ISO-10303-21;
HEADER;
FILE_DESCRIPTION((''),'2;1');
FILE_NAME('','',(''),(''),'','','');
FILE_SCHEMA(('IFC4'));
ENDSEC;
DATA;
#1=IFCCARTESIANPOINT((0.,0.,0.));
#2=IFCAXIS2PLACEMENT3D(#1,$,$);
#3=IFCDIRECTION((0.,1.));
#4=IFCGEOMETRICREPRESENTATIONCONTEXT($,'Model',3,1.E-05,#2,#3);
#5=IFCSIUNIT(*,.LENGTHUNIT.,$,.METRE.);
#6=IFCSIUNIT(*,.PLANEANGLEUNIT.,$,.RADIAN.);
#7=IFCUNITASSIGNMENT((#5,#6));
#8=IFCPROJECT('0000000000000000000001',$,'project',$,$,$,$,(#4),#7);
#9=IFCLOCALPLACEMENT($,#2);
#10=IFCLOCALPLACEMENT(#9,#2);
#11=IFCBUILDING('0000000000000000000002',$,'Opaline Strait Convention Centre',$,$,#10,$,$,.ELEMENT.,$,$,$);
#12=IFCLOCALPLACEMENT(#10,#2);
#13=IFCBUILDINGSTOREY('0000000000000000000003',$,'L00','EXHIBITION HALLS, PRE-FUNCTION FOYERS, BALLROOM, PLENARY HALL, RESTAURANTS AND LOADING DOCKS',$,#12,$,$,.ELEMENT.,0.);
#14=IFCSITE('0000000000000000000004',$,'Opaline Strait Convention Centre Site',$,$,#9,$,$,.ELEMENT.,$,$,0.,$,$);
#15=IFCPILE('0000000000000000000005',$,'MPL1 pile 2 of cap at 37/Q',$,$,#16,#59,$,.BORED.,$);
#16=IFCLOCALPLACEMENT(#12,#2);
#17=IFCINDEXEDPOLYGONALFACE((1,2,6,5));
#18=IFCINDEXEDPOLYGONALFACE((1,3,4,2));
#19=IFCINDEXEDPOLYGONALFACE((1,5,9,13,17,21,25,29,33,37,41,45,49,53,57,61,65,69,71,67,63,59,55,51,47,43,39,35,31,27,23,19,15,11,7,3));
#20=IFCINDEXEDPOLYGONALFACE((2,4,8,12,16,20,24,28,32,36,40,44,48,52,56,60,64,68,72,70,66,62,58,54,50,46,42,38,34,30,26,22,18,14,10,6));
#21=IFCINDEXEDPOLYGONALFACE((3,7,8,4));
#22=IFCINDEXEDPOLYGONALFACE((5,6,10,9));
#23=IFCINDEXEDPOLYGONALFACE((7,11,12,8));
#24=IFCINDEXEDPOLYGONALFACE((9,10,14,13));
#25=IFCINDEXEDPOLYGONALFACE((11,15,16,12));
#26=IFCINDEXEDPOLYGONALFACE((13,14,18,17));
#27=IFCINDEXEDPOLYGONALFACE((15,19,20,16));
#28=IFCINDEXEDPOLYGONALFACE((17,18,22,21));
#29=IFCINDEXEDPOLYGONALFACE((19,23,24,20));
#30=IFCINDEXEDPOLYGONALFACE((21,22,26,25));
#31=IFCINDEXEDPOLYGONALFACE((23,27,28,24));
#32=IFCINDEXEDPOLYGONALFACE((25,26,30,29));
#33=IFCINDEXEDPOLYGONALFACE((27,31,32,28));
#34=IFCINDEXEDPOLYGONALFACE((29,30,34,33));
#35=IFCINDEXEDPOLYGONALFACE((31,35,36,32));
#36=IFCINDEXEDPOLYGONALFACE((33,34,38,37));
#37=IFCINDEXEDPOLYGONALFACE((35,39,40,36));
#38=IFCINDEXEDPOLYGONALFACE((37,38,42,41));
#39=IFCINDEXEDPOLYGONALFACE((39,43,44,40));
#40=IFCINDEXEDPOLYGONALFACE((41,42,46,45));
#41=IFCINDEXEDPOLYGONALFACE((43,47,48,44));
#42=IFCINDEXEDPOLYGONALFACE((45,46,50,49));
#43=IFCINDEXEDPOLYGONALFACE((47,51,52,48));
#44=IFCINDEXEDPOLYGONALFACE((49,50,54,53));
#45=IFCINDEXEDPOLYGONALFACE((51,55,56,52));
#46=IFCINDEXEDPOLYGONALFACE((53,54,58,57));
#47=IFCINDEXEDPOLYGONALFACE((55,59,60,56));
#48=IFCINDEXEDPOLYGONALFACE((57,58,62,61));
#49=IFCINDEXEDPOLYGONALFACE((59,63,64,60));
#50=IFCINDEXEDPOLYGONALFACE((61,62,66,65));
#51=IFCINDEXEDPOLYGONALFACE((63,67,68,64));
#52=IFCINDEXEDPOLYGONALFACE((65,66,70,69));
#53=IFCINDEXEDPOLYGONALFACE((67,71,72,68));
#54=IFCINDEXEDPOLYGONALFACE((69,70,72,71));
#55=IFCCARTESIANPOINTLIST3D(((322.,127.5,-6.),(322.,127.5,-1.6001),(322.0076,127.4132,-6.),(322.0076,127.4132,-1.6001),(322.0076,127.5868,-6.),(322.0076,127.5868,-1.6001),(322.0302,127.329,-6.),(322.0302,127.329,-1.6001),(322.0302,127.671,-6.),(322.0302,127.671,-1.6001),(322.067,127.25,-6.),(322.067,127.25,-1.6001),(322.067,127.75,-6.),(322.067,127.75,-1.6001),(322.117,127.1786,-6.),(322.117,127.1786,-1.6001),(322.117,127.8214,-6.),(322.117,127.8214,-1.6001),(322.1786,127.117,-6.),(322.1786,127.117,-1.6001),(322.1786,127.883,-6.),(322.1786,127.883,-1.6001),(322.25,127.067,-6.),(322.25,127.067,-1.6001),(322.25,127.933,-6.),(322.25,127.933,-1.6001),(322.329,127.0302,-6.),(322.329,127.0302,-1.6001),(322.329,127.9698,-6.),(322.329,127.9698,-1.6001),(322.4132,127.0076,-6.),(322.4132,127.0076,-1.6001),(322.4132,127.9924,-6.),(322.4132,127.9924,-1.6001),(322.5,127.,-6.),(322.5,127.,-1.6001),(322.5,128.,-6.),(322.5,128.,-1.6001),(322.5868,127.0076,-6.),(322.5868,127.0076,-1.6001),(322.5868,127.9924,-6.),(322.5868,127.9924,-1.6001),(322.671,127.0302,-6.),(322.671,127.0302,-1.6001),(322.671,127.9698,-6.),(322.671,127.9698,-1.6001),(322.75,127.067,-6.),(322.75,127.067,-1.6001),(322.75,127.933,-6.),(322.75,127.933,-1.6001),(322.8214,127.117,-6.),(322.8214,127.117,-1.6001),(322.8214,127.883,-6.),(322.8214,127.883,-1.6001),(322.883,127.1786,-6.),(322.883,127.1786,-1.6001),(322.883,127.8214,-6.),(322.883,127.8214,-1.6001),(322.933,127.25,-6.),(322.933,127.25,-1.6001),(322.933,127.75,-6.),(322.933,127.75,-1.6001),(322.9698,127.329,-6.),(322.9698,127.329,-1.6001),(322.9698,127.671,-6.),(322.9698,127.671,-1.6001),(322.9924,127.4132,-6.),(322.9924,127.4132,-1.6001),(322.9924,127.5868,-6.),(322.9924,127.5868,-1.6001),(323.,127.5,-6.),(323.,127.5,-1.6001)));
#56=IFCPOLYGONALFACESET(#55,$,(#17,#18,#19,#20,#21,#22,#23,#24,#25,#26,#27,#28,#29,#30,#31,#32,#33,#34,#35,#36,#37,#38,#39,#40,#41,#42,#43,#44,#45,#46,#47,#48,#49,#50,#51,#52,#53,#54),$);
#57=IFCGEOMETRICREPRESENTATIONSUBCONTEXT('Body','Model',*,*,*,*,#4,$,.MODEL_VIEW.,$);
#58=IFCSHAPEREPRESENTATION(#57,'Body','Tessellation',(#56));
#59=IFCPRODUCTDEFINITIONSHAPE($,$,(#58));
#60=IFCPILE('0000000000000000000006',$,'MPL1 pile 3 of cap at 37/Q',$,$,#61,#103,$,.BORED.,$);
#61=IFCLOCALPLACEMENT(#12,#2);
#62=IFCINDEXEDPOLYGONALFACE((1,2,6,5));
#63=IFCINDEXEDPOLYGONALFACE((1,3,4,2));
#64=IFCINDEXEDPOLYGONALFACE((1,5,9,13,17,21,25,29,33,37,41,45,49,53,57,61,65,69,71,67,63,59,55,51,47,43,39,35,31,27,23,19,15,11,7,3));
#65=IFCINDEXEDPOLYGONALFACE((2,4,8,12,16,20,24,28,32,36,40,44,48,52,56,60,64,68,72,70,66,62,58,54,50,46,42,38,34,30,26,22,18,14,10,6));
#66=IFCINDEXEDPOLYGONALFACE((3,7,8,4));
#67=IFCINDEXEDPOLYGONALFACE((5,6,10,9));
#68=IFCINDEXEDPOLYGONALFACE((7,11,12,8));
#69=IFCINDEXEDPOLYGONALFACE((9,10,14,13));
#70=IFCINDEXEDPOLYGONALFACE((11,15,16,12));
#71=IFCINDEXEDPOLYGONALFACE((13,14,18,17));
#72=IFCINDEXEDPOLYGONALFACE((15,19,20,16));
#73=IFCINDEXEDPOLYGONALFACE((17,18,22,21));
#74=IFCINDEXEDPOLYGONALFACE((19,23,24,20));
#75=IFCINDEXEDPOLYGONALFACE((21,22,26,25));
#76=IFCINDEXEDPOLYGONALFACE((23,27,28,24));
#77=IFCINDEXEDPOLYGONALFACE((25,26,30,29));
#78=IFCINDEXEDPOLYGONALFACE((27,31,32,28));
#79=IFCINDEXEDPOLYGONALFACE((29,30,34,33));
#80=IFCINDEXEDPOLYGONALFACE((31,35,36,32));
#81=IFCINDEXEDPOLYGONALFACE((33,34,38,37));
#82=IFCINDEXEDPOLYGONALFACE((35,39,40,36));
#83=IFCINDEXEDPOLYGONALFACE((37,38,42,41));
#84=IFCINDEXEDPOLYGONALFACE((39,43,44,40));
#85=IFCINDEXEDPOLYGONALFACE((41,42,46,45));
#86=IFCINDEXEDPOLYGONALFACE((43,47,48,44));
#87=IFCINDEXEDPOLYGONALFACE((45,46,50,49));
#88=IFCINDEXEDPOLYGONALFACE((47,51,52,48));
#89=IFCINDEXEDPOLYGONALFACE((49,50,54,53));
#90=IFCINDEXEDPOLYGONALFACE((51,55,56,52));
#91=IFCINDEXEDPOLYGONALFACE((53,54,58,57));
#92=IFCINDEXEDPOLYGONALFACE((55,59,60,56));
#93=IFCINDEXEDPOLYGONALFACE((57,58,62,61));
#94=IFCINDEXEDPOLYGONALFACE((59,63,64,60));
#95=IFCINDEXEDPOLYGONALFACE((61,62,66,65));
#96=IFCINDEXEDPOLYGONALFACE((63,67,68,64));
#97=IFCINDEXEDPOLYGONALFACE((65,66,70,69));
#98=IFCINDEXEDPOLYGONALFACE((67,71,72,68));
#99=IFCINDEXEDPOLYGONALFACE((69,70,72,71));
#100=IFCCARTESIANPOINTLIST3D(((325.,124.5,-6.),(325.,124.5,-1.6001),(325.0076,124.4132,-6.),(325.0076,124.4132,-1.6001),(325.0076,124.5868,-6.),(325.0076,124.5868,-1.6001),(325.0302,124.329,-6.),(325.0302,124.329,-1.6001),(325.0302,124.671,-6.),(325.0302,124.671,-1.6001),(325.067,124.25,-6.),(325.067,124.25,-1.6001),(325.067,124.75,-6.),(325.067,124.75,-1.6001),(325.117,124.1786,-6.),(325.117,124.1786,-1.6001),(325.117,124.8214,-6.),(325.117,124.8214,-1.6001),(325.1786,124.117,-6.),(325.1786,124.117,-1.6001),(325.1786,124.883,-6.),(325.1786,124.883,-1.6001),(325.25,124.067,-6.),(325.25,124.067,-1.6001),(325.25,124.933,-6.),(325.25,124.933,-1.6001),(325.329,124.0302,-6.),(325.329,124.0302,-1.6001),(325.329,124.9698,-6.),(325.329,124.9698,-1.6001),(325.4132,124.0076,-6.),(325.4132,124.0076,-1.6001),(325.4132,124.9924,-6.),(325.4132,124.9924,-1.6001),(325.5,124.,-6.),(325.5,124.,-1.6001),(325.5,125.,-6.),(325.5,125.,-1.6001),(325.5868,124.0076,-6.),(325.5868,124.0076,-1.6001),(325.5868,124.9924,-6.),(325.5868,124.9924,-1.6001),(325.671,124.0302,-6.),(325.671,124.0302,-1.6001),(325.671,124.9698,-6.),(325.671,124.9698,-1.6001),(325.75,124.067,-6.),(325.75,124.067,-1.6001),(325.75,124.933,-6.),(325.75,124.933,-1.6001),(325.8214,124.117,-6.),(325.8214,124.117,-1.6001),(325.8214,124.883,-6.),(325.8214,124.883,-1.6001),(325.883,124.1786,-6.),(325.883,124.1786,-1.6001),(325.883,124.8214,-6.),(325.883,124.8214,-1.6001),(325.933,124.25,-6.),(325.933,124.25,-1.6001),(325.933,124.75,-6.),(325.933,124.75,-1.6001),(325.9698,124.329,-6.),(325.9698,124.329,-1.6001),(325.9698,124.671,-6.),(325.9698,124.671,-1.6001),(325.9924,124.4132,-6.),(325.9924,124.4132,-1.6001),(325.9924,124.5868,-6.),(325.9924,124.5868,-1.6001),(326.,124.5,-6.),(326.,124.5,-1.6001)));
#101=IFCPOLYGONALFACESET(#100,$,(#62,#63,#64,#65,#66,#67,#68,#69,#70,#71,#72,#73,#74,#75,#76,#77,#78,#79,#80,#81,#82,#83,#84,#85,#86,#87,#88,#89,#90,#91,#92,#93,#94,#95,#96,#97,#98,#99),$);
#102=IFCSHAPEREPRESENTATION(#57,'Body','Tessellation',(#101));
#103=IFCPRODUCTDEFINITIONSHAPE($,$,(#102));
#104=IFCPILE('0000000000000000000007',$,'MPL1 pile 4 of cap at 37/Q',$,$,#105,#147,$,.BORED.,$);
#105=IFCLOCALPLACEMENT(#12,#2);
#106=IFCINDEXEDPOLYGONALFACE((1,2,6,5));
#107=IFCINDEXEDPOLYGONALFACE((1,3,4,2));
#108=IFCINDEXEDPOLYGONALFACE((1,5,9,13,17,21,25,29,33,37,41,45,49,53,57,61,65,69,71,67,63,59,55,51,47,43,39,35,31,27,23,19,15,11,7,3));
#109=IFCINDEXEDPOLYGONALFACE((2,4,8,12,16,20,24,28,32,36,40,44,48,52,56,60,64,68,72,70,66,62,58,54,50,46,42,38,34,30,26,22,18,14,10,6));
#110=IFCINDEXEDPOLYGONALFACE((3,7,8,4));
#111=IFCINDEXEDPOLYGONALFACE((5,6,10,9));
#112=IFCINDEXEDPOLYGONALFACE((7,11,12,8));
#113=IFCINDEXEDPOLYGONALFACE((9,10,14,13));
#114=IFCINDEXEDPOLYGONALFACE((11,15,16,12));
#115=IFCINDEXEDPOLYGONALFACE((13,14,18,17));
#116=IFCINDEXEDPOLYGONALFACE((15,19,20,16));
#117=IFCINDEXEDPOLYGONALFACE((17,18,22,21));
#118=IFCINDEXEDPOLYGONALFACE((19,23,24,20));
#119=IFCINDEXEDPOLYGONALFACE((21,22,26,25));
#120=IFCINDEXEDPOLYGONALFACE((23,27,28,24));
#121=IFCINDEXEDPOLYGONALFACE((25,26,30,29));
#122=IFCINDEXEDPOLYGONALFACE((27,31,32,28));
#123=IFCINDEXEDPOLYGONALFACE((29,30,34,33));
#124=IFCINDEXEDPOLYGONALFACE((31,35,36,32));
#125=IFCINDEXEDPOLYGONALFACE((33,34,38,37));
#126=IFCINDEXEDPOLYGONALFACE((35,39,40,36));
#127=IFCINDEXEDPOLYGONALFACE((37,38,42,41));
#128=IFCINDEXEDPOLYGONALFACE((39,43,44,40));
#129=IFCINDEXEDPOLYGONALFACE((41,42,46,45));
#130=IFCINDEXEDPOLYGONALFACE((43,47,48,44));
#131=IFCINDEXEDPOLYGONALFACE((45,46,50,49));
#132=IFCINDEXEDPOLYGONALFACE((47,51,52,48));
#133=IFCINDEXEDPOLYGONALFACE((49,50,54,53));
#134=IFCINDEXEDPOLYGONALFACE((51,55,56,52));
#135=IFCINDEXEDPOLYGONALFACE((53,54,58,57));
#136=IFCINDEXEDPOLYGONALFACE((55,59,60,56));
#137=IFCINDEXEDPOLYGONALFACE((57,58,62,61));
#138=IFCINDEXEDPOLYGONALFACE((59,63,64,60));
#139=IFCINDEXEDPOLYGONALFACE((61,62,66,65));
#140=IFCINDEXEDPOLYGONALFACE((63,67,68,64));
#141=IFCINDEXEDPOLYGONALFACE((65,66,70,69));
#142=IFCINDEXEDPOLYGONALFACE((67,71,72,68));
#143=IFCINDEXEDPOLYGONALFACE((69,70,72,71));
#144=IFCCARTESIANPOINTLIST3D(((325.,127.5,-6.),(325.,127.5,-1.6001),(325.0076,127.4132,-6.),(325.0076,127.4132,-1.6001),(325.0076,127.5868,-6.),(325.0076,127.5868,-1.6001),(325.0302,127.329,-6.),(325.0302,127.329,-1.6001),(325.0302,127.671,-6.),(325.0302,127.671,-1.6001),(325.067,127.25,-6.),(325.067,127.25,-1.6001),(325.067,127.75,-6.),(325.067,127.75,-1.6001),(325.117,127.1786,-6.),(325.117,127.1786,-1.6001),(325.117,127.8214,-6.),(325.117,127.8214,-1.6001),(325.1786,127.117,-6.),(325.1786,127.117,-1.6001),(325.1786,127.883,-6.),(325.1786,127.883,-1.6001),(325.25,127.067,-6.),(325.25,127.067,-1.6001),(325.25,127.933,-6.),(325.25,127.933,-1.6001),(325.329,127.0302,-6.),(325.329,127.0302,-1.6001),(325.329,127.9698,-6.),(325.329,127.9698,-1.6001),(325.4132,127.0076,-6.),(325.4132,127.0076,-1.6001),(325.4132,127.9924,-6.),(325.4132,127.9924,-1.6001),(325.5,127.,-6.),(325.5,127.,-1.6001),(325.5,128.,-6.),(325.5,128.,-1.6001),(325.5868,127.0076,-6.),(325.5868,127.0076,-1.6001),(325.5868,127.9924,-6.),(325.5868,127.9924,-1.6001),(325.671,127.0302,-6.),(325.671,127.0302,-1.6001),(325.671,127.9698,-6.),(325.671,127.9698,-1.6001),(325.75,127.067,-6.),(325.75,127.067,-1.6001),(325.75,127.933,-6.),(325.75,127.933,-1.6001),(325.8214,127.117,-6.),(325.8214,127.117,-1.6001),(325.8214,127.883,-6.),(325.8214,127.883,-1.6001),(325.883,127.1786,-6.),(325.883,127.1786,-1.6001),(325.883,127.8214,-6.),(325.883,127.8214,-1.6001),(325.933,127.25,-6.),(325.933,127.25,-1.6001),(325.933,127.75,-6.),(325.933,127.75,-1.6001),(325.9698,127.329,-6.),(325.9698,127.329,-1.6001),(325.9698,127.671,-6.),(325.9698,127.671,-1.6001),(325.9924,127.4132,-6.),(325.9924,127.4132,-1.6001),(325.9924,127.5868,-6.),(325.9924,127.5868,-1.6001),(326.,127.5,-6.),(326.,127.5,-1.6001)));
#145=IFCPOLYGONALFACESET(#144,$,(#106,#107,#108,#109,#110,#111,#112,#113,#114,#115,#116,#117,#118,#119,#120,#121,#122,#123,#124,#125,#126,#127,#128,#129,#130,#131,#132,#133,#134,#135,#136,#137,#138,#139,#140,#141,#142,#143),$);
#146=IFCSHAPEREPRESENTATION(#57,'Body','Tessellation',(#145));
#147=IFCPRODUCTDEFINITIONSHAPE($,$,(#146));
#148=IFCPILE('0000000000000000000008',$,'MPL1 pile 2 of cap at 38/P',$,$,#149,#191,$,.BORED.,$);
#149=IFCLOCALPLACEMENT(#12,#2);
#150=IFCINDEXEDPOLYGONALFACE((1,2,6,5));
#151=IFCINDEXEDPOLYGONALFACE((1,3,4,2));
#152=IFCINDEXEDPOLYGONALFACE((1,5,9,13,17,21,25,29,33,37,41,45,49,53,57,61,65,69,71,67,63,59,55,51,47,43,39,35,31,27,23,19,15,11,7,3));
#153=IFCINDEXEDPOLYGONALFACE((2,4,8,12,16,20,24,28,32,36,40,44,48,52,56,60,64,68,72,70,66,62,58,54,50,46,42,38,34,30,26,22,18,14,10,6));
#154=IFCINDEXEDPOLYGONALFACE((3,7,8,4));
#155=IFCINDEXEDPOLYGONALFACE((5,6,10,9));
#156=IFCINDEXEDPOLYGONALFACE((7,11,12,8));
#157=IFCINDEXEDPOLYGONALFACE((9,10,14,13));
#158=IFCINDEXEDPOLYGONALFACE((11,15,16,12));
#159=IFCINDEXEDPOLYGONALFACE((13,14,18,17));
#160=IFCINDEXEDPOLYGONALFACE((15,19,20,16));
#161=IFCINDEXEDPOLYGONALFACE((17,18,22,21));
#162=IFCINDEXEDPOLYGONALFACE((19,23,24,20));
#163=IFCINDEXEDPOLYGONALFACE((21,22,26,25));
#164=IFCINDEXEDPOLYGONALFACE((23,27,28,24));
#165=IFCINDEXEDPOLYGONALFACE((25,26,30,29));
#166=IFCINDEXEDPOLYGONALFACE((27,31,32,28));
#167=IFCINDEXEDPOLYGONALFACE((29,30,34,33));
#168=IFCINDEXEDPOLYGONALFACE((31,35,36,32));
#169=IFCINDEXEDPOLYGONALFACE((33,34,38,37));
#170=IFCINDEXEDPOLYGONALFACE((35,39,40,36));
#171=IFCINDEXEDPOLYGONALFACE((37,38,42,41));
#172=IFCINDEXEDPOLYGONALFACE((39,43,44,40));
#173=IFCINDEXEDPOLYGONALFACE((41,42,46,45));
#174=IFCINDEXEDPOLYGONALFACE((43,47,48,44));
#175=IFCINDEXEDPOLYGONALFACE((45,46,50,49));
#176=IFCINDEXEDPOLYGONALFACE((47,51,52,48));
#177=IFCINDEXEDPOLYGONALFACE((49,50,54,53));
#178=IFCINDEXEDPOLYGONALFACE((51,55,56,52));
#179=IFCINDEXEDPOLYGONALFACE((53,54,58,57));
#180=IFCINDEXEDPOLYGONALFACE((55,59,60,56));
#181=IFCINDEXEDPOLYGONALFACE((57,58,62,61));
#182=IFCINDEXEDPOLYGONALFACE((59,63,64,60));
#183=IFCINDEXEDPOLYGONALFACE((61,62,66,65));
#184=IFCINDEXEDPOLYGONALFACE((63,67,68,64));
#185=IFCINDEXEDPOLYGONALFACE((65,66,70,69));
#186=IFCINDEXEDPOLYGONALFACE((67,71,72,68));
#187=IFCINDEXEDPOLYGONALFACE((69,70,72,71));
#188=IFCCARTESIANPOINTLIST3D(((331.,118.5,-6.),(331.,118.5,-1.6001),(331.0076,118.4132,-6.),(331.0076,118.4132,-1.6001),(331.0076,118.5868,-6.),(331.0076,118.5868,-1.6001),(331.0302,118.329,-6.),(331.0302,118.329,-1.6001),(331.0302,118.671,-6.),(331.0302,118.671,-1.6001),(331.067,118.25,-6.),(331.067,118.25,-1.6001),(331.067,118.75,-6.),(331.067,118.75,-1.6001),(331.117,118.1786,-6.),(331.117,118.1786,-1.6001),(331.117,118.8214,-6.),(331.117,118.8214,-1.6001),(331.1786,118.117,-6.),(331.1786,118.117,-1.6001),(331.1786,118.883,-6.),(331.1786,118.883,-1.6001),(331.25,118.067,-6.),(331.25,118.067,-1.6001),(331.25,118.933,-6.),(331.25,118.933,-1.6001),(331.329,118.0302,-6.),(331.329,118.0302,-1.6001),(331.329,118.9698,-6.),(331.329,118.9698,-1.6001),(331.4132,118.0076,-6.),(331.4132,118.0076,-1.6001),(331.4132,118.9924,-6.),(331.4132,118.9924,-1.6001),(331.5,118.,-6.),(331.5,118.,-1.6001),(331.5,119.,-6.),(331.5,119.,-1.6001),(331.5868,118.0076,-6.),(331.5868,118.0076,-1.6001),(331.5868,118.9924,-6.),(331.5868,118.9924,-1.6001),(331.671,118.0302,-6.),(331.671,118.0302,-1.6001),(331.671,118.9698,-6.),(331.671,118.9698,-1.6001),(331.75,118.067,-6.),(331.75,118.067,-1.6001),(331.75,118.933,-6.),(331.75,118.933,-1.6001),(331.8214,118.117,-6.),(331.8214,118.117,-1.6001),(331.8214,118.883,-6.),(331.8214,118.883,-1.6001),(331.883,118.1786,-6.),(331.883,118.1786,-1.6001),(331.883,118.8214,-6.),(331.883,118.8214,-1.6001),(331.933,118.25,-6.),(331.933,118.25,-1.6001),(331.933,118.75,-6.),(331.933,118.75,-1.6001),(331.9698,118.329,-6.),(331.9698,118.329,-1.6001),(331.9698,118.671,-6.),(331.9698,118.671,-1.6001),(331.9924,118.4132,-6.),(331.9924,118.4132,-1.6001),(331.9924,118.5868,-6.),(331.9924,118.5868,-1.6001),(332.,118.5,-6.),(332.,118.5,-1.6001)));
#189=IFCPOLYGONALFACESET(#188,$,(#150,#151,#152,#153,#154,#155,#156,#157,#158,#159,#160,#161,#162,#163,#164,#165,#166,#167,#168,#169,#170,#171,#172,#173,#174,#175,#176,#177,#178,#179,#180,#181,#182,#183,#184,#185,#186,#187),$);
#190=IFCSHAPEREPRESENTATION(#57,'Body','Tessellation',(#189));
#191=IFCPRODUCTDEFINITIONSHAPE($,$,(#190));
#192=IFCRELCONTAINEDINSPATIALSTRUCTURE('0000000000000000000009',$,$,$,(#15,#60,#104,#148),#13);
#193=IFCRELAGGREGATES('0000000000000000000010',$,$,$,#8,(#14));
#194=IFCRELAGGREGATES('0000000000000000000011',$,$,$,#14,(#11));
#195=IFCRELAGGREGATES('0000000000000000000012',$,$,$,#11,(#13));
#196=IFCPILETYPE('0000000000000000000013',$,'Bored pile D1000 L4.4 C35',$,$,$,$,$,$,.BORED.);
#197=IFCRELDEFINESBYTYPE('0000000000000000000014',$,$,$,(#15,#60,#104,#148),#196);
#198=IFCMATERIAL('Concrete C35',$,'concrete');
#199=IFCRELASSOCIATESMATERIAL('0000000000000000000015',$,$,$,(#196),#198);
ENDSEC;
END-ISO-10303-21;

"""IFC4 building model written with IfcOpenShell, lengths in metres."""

from ifc_helpers import new_model, si_unit, direction, frame, origin, origin_2d, place, context, subcontext, project, spatial, circle, extrude, material, material_profile, profile_set, type_object, element, save


model = new_model("IFC4")

# Units and contexts
model_context = context("Model", 3, precision=1e-05, world=origin(), true_north=direction((0.0, 1.0)))
body_context = subcontext(model_context, "Body", "Model", "MODEL_VIEW")
ifc_project = project(units=[si_unit("LENGTHUNIT", "METRE"), si_unit("PLANEANGLEUNIT", "RADIAN")], contexts=[model_context])

# Site, building, storey
site_placement = place(None, origin())
site = spatial("IfcSite", under=ifc_project, at=site_placement, Name="Opaline Strait Convention Centre Site", CompositionType="ELEMENT", RefElevation=0.0)
building_placement = place(site_placement, origin())
building = spatial("IfcBuilding", under=site, at=building_placement, Name="Opaline Strait Convention Centre", CompositionType="ELEMENT")
storey_placement = place(building_placement, origin())
storey = spatial("IfcBuildingStorey", under=building, at=storey_placement, Name="L00", Description="EXHIBITION HALLS, PRE-FUNCTION FOYERS, BALLROOM, PLENARY HALL, RESTAURANTS AND LOADING DOCKS", CompositionType="ELEMENT", Elevation=0.0)

# Piles
ifc_material_1 = material(Name="Concrete C35", Category="concrete")
ifc_material_profile_1 = material_profile(ifc_material_1, circle(Radius=0.5, at=origin_2d()), Name="D1000")
ifc_profile_set_1 = profile_set([ifc_material_profile_1], Name="Concrete C35")
pile_type = type_object("IfcPileType", Name="Bored pile D1000 L4.4 C35", PredefinedType="BORED", material=ifc_profile_set_1)
for number, where, z_axis, x_axis, name in (
    (1, (322.5, 127.5, -1.6001), (0.0, 0.0, -1.0), (1.0, 0.0, 0.0), "MPL1 pile 2 of cap at 37/Q"),
    (2, (325.5, 124.5, -1.6001), (0.0, 0.0, -1.0), (1.0, 0.0, 0.0), "MPL1 pile 3 of cap at 37/Q"),
    (3, (325.5, 127.5, -1.6001), (0.0, 0.0, -1.0), (1.0, 0.0, 0.0), "MPL1 pile 4 of cap at 37/Q"),
    (4, (331.5, 118.5, -1.6001), (0.0, 0.0, -1.0), (1.0, 0.0, 0.0), "MPL1 pile 2 of cap at 38/P"),
):
    element("IfcPile", number, at=place(storey_placement, frame(where, z_axis=z_axis, x_axis=x_axis)), inside=storey, type_object=pile_type, Name=name, PredefinedType="BORED", context=body_context, shape_type="SweptSolid", body=[
        extrude(circle(Radius=0.5, at=origin_2d()), origin(), (0.0, 0.0, 1.0), 4.3999),
    ])

save(model, "model.ifc")
